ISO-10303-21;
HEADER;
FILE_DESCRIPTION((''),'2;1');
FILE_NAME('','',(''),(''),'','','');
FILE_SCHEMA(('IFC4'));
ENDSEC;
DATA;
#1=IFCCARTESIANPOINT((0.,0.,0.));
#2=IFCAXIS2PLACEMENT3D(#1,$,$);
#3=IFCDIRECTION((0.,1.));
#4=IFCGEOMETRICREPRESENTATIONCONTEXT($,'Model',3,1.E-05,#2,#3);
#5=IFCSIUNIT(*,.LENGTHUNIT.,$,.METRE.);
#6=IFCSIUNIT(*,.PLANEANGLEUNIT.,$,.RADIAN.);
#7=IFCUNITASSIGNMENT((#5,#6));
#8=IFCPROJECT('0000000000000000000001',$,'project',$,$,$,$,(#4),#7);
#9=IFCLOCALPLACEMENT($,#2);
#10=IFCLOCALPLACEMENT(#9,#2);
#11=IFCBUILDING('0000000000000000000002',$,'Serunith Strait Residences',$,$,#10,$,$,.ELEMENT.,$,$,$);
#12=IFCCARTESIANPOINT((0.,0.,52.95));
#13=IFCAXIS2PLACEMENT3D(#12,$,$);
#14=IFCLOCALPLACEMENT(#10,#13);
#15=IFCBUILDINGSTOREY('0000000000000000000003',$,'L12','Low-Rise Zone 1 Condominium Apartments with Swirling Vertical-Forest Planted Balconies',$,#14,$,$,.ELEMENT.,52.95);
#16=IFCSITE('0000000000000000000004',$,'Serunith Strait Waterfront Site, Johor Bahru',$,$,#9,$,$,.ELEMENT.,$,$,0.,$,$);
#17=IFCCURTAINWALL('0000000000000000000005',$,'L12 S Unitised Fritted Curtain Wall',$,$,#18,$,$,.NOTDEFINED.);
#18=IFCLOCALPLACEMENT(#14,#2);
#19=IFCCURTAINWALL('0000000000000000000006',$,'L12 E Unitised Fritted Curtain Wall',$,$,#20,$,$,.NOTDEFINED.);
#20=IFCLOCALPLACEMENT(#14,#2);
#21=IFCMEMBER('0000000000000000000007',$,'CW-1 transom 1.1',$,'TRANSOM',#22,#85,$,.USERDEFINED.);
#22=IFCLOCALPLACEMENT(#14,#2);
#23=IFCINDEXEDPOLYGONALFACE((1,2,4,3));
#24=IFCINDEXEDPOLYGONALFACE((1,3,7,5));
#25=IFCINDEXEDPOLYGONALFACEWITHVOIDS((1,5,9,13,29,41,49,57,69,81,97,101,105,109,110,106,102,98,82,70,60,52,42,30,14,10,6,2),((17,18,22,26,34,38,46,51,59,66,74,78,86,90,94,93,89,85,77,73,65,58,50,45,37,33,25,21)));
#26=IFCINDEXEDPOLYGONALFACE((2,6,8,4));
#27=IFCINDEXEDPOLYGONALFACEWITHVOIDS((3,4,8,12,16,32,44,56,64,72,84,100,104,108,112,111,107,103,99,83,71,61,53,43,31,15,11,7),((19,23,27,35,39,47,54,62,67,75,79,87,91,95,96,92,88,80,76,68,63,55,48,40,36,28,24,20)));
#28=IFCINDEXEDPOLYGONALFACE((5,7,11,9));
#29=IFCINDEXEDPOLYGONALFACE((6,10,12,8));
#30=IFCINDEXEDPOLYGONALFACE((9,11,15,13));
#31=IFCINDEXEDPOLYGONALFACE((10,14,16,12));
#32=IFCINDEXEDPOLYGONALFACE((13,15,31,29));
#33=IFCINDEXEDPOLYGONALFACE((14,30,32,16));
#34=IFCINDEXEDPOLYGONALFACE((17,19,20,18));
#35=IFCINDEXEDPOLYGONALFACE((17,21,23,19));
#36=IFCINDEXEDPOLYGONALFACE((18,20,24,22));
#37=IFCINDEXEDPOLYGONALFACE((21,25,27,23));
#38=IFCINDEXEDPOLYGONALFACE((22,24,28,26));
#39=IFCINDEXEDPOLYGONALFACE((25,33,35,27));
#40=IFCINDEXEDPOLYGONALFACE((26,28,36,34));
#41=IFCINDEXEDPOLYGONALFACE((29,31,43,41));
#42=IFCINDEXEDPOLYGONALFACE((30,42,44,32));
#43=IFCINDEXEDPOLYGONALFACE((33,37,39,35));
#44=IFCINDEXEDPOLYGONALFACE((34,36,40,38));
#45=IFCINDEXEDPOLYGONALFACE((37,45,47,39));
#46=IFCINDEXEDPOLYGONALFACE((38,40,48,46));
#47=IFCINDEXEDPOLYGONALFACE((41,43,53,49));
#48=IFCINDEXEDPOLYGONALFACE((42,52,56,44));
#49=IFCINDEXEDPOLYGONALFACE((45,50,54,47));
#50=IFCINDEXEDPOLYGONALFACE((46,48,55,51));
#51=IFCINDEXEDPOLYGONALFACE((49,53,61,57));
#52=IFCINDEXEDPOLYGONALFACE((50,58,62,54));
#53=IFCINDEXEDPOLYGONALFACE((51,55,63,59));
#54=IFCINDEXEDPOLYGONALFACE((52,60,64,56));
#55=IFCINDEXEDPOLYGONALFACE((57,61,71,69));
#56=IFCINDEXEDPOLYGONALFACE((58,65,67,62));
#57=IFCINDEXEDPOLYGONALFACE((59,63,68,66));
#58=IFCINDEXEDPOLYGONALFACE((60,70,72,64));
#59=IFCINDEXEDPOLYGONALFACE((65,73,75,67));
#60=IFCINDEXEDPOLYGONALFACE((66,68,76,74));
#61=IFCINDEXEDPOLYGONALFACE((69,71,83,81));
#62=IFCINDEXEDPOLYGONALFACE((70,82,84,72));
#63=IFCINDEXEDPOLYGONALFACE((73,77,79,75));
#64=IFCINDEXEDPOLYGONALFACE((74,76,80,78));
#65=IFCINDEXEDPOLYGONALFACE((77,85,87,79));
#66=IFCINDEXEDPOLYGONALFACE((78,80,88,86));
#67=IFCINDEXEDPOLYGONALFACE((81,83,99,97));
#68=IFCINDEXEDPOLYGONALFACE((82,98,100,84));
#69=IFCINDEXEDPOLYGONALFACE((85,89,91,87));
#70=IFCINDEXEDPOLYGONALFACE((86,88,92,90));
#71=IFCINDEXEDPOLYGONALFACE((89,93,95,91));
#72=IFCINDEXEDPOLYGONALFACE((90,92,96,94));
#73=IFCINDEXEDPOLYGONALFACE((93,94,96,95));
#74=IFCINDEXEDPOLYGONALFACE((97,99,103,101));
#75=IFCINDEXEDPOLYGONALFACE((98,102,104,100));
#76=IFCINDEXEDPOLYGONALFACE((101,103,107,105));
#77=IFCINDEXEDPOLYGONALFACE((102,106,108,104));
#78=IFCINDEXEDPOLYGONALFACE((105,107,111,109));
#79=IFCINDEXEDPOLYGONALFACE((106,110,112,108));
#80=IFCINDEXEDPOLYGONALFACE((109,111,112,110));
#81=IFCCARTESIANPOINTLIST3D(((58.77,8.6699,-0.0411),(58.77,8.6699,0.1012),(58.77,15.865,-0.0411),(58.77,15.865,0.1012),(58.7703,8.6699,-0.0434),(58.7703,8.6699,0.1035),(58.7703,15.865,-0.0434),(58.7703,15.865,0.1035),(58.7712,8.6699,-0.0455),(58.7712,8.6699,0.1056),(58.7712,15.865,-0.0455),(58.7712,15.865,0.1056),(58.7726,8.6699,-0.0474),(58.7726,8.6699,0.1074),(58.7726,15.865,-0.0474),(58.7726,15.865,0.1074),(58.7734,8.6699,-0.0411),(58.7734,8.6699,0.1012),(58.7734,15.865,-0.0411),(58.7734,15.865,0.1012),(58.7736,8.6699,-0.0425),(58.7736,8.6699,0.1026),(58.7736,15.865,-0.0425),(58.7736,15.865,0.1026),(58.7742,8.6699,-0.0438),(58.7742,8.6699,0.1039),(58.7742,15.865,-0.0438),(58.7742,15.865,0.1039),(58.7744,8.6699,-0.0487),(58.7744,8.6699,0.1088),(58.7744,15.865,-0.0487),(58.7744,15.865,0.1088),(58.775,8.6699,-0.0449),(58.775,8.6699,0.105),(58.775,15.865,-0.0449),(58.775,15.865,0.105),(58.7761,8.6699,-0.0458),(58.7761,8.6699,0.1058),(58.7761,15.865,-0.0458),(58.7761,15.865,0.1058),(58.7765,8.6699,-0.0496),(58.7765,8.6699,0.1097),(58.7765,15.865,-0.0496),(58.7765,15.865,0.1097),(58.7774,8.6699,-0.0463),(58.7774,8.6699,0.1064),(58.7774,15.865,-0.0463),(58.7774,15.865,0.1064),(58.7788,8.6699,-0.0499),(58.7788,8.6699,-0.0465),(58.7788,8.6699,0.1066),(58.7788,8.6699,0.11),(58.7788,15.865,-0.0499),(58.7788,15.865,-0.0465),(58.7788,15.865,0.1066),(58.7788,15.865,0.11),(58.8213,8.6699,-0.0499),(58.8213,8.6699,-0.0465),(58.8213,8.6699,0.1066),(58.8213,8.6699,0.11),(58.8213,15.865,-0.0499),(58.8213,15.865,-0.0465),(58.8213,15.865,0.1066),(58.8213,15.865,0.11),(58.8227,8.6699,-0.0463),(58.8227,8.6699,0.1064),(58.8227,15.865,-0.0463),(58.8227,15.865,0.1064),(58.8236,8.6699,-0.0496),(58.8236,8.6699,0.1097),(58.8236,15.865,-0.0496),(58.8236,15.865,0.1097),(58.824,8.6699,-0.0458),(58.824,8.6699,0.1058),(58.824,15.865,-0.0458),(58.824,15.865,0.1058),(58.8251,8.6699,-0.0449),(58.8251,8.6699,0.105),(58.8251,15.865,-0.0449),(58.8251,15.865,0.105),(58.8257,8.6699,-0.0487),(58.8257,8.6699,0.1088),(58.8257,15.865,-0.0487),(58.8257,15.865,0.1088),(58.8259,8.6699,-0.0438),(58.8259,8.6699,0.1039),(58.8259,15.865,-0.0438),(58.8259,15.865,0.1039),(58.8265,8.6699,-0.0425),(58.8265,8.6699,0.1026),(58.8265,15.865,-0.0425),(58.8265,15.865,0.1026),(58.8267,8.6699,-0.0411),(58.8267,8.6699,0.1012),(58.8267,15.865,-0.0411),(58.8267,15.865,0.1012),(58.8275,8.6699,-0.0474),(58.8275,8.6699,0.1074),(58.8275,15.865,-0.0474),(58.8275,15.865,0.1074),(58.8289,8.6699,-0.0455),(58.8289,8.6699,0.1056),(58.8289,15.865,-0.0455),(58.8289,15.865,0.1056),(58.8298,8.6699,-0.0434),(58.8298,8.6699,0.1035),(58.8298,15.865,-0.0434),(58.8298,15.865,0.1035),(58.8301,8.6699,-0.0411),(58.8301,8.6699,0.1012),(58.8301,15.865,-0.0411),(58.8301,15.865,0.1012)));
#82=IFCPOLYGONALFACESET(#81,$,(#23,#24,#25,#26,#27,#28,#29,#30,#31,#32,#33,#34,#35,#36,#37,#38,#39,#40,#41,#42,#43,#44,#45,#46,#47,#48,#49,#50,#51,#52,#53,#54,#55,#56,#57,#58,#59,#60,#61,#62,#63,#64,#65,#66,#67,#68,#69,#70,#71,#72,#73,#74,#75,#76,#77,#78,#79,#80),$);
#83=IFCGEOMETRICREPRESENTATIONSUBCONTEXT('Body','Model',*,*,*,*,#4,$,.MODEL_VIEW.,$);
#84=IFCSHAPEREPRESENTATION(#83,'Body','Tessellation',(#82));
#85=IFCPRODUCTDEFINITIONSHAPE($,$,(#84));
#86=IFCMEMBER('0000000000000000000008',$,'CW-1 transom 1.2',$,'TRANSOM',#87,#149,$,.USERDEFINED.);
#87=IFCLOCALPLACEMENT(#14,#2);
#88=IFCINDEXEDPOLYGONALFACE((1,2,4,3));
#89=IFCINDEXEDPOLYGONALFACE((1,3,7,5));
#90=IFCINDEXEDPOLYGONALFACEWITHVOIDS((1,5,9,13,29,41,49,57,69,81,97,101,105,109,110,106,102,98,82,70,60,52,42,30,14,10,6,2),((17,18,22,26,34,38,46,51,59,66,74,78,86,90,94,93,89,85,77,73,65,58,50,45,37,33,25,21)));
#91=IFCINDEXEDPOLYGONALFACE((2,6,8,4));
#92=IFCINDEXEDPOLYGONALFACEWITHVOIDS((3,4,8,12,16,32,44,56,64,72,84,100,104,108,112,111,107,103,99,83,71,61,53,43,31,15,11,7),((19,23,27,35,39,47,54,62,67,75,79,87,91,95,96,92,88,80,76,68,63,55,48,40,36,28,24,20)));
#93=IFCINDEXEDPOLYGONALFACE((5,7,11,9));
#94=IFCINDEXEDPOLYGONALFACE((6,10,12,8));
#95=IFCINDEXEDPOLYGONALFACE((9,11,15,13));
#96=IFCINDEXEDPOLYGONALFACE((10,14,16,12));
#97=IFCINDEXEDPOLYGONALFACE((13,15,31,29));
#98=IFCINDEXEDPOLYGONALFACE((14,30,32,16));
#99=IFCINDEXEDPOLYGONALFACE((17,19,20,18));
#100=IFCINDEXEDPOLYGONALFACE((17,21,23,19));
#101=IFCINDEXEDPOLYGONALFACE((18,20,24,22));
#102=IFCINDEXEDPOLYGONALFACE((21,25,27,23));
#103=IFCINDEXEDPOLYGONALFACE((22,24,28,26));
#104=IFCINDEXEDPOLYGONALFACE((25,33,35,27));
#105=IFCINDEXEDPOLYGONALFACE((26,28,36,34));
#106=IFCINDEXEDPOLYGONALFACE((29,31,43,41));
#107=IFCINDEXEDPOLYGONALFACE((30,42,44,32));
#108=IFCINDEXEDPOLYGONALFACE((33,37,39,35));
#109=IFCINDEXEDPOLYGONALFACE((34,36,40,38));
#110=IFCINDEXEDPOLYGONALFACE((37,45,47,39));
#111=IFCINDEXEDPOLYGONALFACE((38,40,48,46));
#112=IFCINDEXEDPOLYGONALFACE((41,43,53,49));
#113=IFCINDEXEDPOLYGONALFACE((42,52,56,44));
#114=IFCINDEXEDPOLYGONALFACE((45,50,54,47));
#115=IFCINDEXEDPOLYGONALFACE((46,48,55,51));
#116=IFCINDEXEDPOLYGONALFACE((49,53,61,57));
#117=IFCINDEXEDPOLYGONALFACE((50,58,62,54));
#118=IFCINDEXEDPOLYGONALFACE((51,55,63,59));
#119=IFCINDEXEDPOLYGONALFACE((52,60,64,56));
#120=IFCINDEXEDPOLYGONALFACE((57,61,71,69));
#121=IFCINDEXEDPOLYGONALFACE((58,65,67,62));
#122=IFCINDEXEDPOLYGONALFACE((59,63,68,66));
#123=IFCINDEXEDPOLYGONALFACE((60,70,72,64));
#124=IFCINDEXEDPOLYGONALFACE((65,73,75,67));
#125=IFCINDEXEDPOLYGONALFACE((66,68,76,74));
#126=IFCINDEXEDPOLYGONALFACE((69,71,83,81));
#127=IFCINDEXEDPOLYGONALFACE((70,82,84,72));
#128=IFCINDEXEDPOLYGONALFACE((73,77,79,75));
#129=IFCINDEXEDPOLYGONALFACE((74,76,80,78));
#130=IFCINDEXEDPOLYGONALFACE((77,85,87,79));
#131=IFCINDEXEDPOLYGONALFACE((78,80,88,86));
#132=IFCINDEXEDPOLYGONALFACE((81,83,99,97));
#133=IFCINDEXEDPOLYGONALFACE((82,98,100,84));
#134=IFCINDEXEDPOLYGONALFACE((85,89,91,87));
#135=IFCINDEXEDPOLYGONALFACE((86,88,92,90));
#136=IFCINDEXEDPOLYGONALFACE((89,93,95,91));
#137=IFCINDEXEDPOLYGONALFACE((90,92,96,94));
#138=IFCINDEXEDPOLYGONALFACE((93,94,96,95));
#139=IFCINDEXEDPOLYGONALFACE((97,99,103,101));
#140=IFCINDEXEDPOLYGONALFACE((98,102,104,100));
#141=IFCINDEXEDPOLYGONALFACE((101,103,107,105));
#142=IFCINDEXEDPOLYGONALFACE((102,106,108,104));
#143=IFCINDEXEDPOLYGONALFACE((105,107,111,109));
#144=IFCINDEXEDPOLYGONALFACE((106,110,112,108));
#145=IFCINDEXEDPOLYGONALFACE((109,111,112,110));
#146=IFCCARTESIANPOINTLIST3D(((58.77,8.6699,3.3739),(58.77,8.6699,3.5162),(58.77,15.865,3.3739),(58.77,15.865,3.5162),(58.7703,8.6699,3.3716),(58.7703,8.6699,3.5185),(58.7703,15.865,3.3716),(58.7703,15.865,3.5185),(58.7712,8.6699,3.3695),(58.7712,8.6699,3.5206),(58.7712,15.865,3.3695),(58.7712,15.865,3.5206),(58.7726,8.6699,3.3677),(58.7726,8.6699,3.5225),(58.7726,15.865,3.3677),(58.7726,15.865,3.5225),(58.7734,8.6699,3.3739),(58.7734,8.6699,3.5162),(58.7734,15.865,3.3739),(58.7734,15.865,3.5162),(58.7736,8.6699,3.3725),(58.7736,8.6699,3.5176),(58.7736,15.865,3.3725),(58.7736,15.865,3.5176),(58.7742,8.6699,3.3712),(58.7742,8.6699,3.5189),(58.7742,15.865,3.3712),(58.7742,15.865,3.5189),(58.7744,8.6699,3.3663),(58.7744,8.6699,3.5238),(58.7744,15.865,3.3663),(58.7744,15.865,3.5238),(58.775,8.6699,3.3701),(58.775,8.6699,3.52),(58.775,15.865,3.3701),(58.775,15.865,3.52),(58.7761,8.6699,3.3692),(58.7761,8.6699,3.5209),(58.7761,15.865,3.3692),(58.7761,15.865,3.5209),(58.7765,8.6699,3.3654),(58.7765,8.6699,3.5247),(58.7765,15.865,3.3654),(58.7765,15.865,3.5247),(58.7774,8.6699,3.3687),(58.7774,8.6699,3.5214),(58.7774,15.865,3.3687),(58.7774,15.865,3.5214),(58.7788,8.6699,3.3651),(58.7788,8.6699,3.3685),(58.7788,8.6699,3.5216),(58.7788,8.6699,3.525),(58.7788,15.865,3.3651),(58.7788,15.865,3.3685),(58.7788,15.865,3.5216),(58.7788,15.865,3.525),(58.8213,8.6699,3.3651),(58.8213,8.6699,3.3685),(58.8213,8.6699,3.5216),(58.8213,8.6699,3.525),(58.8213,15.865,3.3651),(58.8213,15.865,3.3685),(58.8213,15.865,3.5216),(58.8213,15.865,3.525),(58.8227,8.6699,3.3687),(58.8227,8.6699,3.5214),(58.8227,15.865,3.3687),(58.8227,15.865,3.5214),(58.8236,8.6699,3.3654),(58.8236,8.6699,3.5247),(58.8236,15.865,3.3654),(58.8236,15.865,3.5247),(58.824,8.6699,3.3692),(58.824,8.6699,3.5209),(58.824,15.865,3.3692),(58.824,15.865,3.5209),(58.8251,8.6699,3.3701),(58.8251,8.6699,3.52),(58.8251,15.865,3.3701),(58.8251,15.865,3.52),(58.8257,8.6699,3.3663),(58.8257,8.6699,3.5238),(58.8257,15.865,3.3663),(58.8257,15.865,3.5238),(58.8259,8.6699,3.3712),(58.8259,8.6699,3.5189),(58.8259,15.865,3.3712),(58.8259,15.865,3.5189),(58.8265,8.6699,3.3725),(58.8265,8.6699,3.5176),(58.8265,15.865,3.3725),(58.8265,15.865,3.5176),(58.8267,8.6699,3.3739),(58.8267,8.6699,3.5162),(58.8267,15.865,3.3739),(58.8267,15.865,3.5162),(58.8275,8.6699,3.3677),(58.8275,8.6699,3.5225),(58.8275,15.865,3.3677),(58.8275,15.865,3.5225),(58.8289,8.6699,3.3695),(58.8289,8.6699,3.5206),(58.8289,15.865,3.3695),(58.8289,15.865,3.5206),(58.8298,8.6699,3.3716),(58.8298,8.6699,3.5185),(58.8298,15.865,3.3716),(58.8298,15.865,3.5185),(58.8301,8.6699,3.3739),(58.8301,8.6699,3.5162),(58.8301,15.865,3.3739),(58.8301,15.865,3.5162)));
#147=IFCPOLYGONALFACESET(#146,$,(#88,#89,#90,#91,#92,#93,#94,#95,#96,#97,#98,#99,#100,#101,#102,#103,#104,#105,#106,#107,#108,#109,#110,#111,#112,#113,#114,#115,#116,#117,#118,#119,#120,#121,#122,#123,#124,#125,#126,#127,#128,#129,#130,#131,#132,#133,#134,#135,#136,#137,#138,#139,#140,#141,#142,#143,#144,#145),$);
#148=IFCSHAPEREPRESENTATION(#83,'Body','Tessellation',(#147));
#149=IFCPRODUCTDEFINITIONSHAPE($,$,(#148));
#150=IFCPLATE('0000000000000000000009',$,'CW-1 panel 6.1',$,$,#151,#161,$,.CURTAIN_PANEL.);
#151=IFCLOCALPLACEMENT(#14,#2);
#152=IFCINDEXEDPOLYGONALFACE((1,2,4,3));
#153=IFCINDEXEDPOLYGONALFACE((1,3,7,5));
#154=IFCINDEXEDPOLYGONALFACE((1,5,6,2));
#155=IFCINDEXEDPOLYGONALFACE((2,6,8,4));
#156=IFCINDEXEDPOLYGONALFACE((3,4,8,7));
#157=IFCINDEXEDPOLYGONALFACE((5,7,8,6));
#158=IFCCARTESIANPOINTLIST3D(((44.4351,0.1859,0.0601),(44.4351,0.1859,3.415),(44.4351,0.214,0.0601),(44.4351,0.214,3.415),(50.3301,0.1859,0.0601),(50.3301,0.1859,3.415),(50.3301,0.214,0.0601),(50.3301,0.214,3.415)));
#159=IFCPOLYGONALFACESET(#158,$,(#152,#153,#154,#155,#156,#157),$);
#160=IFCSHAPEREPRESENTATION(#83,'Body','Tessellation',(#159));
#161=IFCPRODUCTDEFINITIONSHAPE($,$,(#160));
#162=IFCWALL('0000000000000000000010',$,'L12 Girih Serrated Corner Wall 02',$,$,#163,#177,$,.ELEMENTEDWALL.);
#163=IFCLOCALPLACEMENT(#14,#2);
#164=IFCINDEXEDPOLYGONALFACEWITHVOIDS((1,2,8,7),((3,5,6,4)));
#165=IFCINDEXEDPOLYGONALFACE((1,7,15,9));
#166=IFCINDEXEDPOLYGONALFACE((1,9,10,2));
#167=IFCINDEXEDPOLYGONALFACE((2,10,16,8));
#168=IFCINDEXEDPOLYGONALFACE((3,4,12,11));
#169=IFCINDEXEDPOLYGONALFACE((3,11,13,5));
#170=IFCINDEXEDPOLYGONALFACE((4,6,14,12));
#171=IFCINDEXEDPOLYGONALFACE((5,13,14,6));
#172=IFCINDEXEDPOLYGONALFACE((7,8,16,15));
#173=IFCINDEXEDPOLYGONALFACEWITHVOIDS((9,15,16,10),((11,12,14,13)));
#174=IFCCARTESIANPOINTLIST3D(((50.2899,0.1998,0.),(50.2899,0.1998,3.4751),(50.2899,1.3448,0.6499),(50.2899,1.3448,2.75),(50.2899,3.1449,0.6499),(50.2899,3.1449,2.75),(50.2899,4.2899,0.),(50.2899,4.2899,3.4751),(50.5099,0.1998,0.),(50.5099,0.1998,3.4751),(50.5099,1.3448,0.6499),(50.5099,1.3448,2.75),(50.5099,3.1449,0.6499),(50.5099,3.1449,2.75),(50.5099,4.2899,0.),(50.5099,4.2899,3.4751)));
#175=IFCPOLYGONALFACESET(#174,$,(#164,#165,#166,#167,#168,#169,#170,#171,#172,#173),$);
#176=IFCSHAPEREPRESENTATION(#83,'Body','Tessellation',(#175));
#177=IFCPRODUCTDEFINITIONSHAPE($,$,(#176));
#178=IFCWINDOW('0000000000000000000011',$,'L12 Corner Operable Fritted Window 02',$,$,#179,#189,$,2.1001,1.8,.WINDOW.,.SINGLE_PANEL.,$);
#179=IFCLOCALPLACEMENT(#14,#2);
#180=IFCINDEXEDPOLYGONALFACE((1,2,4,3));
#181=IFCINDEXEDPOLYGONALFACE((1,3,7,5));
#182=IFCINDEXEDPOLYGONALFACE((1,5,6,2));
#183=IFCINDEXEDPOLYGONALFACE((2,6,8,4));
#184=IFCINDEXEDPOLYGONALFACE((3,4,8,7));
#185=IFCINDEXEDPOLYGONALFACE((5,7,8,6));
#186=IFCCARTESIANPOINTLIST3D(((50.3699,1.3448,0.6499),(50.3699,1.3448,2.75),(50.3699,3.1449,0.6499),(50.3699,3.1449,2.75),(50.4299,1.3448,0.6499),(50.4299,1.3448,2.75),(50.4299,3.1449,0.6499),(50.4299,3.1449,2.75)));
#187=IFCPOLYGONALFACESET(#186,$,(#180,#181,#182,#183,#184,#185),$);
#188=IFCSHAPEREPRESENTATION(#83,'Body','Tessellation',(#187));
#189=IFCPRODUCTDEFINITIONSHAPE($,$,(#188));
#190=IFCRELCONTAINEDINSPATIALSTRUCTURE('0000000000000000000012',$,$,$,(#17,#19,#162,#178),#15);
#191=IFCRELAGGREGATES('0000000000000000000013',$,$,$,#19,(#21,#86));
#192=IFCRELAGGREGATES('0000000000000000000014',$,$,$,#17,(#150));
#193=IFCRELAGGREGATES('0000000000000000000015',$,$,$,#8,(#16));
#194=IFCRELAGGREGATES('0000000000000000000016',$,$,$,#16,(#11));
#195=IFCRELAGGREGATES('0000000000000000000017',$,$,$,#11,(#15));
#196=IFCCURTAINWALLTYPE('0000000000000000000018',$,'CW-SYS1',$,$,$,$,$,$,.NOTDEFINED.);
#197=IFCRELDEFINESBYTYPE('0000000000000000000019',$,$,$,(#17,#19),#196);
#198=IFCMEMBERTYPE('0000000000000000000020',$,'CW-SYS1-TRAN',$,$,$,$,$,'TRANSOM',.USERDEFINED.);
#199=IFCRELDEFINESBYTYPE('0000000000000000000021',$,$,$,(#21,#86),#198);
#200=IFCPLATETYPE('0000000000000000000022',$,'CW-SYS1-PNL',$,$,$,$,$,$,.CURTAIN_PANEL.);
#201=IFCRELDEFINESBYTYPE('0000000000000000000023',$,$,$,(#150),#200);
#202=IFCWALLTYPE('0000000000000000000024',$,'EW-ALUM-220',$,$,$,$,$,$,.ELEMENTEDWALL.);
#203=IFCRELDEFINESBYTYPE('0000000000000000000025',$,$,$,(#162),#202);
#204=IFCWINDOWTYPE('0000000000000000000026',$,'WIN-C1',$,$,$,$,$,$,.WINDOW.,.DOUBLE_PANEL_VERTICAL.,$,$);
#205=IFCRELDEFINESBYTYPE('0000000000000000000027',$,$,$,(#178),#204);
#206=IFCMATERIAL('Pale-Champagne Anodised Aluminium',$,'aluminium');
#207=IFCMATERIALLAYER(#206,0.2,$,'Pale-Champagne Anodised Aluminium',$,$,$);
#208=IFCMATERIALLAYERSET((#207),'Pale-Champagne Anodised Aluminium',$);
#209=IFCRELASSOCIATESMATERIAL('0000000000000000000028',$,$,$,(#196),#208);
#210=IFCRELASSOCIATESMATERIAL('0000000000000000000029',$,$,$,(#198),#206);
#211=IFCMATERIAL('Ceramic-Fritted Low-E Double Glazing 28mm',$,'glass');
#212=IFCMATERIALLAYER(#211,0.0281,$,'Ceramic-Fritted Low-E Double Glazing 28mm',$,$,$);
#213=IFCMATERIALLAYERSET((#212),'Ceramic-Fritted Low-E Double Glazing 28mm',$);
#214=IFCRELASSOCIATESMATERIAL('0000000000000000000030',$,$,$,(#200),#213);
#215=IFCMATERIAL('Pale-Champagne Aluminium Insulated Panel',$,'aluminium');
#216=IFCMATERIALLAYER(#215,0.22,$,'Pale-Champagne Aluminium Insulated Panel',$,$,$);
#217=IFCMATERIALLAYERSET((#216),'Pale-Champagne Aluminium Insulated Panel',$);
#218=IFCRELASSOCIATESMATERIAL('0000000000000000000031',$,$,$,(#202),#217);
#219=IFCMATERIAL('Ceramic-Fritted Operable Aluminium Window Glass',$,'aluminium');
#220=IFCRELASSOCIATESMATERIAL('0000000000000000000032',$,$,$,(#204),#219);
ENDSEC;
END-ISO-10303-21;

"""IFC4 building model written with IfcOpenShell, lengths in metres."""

from ifc_helpers import new_model, si_unit, direction, frame, frame_2d, origin, origin_2d, place, context, subcontext, project, spatial, rectangle, hollow_rectangle, extrude, source, transform, mapped, material, layer, layer_set, material_profile, profile_set, type_object, element, fill, aggregate, save


model = new_model("IFC4")

# Units and contexts
model_context = context("Model", 3, precision=1e-05, world=origin(), true_north=direction((0.0, 1.0)))
body_context = subcontext(model_context, "Body", "Model", "MODEL_VIEW")
ifc_project = project(units=[si_unit("LENGTHUNIT", "METRE"), si_unit("PLANEANGLEUNIT", "RADIAN")], contexts=[model_context])

# Site, building, storey
site_placement = place(None, origin())
site = spatial("IfcSite", under=ifc_project, at=site_placement, Name="Serunith Strait Waterfront Site, Johor Bahru", CompositionType="ELEMENT", RefElevation=0.0)
building_placement = place(site_placement, origin())
building = spatial("IfcBuilding", under=site, at=building_placement, Name="Serunith Strait Residences", CompositionType="ELEMENT")
storey_placement = place(building_placement, frame((0.0, 0.0, 52.95)))
storey = spatial("IfcBuildingStorey", under=building, at=storey_placement, Name="L12", Description="Low-Rise Zone 1 Condominium Apartments with Swirling Vertical-Forest Planted Balconies", CompositionType="ELEMENT", Elevation=52.95)

# Curtain wall
ifc_material_1 = material(Name="Pale-Champagne Anodised Aluminium", Category="aluminium")
ifc_layer_1 = layer(ifc_material_1, 0.2, Name="Pale-Champagne Anodised Aluminium")
ifc_layer_set_1 = layer_set([ifc_layer_1], Name="Pale-Champagne Anodised Aluminium")
curtain_wall_type = type_object("IfcCurtainWallType", Name="CW-SYS1", PredefinedType="NOTDEFINED", material=ifc_layer_set_1)
curtain_wall_1_placement = place(storey_placement, origin())
curtain_wall_1 = element("IfcCurtainWall", 1, at=curtain_wall_1_placement, inside=storey, type_object=curtain_wall_type, Name="L12 S Unitised Fritted Curtain Wall", PredefinedType="NOTDEFINED")

# Curtain wall, members
curtain_wall_2_placement = place(storey_placement, origin())
curtain_wall_2 = element("IfcCurtainWall", 2, at=curtain_wall_2_placement, inside=storey, type_object=curtain_wall_type, Name="L12 E Unitised Fritted Curtain Wall", PredefinedType="NOTDEFINED")
ifc_material_profile_1 = material_profile(ifc_material_1, hollow_rectangle(XDim=0.0601, YDim=0.1599, WallThickness=0.0034, InnerFilletRadius=0.0054, OuterFilletRadius=0.0088, at=origin_2d()), Name="ALU 160x60x3.5")
ifc_profile_set_1 = profile_set([ifc_material_profile_1], Name="Pale-Champagne Anodised Aluminium")
member_type_1 = type_object("IfcMemberType", Name="CW-SYS1-TRAN", ElementType="TRANSOM", PredefinedType="USERDEFINED", material=ifc_profile_set_1)
shared_shape_1 = source(origin(), body_context, "Body", "SweptSolid", [
    extrude(hollow_rectangle(XDim=0.0601, YDim=0.1599, WallThickness=0.0034, InnerFilletRadius=0.0054, OuterFilletRadius=0.0088, at=origin_2d()), origin(), (0.0, 0.0, 1.0), 7.1951),
])
member_1_placement = place(storey_placement, frame((58.8, 8.6699, 0.03), z_axis=(0.0, 1.0, 0.0), x_axis=(-1.0, 0.0, 0.0)))
member_1 = element("IfcMember", 3, at=member_1_placement, type_object=member_type_1, Name="CW-1 transom 1.1", ObjectType="TRANSOM", PredefinedType="USERDEFINED", context=body_context, shape_type="MappedRepresentation", body=[
    mapped(shared_shape_1, transform((0.0, 0.0, 0.0), scale=1.0)),
])
member_2_placement = place(storey_placement, frame((58.8, 8.6699, 3.4451), z_axis=(0.0, 1.0, 0.0), x_axis=(-1.0, 0.0, 0.0)))
member_2 = element("IfcMember", 4, at=member_2_placement, type_object=member_type_1, Name="CW-1 transom 1.2", ObjectType="TRANSOM", PredefinedType="USERDEFINED", context=body_context, shape_type="MappedRepresentation", body=[
    mapped(shared_shape_1, transform((0.0, 0.0, 0.0), scale=1.0)),
])
aggregate(curtain_wall_2, [member_1, member_2])

# Plate
ifc_material_2 = material(Name="Ceramic-Fritted Low-E Double Glazing 28mm", Category="glass")
ifc_layer_2 = layer(ifc_material_2, 0.0281, Name="Ceramic-Fritted Low-E Double Glazing 28mm")
ifc_layer_set_2 = layer_set([ifc_layer_2], Name="Ceramic-Fritted Low-E Double Glazing 28mm")
plate_type = type_object("IfcPlateType", Name="CW-SYS1-PNL", PredefinedType="CURTAIN_PANEL", material=ifc_layer_set_2)
shared_shape_2 = source(origin(), body_context, "Body", "SweptSolid", [
    extrude(rectangle(XDim=5.895, YDim=0.0281, at=origin_2d()), origin(), (0.0, 0.0, 1.0), 3.355),
])
plate_placement = place(storey_placement, frame((47.3826, 0.2, 0.0601), z_axis=(0.0, 0.0, 1.0), x_axis=(1.0, 0.0, 0.0)))
plate = element("IfcPlate", 5, at=plate_placement, type_object=plate_type, Name="CW-1 panel 6.1", PredefinedType="CURTAIN_PANEL", context=body_context, shape_type="MappedRepresentation", body=[
    mapped(shared_shape_2, transform((0.0, 0.0, 0.0), scale=1.0)),
])
aggregate(curtain_wall_1, [plate])

# Wall, opening, window
ifc_material_3 = material(Name="Pale-Champagne Aluminium Insulated Panel", Category="aluminium")
ifc_layer_3 = layer(ifc_material_3, 0.22, Name="Pale-Champagne Aluminium Insulated Panel")
ifc_layer_set_3 = layer_set([ifc_layer_3], Name="Pale-Champagne Aluminium Insulated Panel")
wall_type_1 = type_object("IfcWallType", Name="EW-ALUM-220", PredefinedType="ELEMENTEDWALL", material=ifc_layer_set_3)
wall_1_placement = place(storey_placement, frame((50.3999, 0.2, 0.0), z_axis=(0.0, 0.0, 1.0), x_axis=(0.0, 1.0, 0.0)))
wall_1 = element("IfcWall", 6, at=wall_1_placement, inside=storey, type_object=wall_type_1, Name="L12 Girih Serrated Corner Wall 02", PredefinedType="ELEMENTEDWALL", context=body_context, shape_type="SweptSolid", body=[
    extrude(rectangle(XDim=4.0901, YDim=0.22, at=frame_2d((2.0449, 0.0))), origin(), (0.0, 0.0, 1.0), 3.4751),
])
opening_1_placement = place(wall_1_placement, frame((1.145, 0.0, 0.6499)))
opening_1 = element("IfcOpeningElement", 7, at=opening_1_placement, cuts=wall_1, PredefinedType="OPENING", context=body_context, shape_type="SweptSolid", body=[
    extrude(rectangle(XDim=1.8, YDim=2.1001, at=frame_2d((0.8999, 1.05))), frame((0.0, 0.1201, 0.0), z_axis=(0.0, -1.0, 0.0), x_axis=(1.0, 0.0, 0.0)), (0.0, 0.0, 1.0), 0.24),
])
ifc_material_4 = material(Name="Ceramic-Fritted Operable Aluminium Window Glass", Category="aluminium")
window_type = type_object("IfcWindowType", Name="WIN-C1", PartitioningType="DOUBLE_PANEL_VERTICAL", PredefinedType="WINDOW", material=ifc_material_4)
shared_shape_3 = source(origin(), body_context, "Body", "SweptSolid", [
    extrude(rectangle(XDim=1.8, YDim=2.1001, at=frame_2d((0.8999, 1.05))), frame((0.0, 0.03, 0.0), z_axis=(0.0, -1.0, 0.0), x_axis=(1.0, 0.0, 0.0)), (0.0, 0.0, 1.0), 0.0601),
])
window_1_placement = place(opening_1_placement, origin())
window_1 = element("IfcWindow", 8, at=window_1_placement, inside=storey, type_object=window_type, Name="L12 Corner Operable Fritted Window 02", OverallHeight=2.1001, OverallWidth=1.8, PartitioningType="SINGLE_PANEL", PredefinedType="WINDOW", context=body_context, shape_type="MappedRepresentation", body=[
    mapped(shared_shape_3, transform((0.0, 0.0, 0.0), scale=1.0)),
])
fill(opening_1, window_1)

save(model, "model.ifc")
